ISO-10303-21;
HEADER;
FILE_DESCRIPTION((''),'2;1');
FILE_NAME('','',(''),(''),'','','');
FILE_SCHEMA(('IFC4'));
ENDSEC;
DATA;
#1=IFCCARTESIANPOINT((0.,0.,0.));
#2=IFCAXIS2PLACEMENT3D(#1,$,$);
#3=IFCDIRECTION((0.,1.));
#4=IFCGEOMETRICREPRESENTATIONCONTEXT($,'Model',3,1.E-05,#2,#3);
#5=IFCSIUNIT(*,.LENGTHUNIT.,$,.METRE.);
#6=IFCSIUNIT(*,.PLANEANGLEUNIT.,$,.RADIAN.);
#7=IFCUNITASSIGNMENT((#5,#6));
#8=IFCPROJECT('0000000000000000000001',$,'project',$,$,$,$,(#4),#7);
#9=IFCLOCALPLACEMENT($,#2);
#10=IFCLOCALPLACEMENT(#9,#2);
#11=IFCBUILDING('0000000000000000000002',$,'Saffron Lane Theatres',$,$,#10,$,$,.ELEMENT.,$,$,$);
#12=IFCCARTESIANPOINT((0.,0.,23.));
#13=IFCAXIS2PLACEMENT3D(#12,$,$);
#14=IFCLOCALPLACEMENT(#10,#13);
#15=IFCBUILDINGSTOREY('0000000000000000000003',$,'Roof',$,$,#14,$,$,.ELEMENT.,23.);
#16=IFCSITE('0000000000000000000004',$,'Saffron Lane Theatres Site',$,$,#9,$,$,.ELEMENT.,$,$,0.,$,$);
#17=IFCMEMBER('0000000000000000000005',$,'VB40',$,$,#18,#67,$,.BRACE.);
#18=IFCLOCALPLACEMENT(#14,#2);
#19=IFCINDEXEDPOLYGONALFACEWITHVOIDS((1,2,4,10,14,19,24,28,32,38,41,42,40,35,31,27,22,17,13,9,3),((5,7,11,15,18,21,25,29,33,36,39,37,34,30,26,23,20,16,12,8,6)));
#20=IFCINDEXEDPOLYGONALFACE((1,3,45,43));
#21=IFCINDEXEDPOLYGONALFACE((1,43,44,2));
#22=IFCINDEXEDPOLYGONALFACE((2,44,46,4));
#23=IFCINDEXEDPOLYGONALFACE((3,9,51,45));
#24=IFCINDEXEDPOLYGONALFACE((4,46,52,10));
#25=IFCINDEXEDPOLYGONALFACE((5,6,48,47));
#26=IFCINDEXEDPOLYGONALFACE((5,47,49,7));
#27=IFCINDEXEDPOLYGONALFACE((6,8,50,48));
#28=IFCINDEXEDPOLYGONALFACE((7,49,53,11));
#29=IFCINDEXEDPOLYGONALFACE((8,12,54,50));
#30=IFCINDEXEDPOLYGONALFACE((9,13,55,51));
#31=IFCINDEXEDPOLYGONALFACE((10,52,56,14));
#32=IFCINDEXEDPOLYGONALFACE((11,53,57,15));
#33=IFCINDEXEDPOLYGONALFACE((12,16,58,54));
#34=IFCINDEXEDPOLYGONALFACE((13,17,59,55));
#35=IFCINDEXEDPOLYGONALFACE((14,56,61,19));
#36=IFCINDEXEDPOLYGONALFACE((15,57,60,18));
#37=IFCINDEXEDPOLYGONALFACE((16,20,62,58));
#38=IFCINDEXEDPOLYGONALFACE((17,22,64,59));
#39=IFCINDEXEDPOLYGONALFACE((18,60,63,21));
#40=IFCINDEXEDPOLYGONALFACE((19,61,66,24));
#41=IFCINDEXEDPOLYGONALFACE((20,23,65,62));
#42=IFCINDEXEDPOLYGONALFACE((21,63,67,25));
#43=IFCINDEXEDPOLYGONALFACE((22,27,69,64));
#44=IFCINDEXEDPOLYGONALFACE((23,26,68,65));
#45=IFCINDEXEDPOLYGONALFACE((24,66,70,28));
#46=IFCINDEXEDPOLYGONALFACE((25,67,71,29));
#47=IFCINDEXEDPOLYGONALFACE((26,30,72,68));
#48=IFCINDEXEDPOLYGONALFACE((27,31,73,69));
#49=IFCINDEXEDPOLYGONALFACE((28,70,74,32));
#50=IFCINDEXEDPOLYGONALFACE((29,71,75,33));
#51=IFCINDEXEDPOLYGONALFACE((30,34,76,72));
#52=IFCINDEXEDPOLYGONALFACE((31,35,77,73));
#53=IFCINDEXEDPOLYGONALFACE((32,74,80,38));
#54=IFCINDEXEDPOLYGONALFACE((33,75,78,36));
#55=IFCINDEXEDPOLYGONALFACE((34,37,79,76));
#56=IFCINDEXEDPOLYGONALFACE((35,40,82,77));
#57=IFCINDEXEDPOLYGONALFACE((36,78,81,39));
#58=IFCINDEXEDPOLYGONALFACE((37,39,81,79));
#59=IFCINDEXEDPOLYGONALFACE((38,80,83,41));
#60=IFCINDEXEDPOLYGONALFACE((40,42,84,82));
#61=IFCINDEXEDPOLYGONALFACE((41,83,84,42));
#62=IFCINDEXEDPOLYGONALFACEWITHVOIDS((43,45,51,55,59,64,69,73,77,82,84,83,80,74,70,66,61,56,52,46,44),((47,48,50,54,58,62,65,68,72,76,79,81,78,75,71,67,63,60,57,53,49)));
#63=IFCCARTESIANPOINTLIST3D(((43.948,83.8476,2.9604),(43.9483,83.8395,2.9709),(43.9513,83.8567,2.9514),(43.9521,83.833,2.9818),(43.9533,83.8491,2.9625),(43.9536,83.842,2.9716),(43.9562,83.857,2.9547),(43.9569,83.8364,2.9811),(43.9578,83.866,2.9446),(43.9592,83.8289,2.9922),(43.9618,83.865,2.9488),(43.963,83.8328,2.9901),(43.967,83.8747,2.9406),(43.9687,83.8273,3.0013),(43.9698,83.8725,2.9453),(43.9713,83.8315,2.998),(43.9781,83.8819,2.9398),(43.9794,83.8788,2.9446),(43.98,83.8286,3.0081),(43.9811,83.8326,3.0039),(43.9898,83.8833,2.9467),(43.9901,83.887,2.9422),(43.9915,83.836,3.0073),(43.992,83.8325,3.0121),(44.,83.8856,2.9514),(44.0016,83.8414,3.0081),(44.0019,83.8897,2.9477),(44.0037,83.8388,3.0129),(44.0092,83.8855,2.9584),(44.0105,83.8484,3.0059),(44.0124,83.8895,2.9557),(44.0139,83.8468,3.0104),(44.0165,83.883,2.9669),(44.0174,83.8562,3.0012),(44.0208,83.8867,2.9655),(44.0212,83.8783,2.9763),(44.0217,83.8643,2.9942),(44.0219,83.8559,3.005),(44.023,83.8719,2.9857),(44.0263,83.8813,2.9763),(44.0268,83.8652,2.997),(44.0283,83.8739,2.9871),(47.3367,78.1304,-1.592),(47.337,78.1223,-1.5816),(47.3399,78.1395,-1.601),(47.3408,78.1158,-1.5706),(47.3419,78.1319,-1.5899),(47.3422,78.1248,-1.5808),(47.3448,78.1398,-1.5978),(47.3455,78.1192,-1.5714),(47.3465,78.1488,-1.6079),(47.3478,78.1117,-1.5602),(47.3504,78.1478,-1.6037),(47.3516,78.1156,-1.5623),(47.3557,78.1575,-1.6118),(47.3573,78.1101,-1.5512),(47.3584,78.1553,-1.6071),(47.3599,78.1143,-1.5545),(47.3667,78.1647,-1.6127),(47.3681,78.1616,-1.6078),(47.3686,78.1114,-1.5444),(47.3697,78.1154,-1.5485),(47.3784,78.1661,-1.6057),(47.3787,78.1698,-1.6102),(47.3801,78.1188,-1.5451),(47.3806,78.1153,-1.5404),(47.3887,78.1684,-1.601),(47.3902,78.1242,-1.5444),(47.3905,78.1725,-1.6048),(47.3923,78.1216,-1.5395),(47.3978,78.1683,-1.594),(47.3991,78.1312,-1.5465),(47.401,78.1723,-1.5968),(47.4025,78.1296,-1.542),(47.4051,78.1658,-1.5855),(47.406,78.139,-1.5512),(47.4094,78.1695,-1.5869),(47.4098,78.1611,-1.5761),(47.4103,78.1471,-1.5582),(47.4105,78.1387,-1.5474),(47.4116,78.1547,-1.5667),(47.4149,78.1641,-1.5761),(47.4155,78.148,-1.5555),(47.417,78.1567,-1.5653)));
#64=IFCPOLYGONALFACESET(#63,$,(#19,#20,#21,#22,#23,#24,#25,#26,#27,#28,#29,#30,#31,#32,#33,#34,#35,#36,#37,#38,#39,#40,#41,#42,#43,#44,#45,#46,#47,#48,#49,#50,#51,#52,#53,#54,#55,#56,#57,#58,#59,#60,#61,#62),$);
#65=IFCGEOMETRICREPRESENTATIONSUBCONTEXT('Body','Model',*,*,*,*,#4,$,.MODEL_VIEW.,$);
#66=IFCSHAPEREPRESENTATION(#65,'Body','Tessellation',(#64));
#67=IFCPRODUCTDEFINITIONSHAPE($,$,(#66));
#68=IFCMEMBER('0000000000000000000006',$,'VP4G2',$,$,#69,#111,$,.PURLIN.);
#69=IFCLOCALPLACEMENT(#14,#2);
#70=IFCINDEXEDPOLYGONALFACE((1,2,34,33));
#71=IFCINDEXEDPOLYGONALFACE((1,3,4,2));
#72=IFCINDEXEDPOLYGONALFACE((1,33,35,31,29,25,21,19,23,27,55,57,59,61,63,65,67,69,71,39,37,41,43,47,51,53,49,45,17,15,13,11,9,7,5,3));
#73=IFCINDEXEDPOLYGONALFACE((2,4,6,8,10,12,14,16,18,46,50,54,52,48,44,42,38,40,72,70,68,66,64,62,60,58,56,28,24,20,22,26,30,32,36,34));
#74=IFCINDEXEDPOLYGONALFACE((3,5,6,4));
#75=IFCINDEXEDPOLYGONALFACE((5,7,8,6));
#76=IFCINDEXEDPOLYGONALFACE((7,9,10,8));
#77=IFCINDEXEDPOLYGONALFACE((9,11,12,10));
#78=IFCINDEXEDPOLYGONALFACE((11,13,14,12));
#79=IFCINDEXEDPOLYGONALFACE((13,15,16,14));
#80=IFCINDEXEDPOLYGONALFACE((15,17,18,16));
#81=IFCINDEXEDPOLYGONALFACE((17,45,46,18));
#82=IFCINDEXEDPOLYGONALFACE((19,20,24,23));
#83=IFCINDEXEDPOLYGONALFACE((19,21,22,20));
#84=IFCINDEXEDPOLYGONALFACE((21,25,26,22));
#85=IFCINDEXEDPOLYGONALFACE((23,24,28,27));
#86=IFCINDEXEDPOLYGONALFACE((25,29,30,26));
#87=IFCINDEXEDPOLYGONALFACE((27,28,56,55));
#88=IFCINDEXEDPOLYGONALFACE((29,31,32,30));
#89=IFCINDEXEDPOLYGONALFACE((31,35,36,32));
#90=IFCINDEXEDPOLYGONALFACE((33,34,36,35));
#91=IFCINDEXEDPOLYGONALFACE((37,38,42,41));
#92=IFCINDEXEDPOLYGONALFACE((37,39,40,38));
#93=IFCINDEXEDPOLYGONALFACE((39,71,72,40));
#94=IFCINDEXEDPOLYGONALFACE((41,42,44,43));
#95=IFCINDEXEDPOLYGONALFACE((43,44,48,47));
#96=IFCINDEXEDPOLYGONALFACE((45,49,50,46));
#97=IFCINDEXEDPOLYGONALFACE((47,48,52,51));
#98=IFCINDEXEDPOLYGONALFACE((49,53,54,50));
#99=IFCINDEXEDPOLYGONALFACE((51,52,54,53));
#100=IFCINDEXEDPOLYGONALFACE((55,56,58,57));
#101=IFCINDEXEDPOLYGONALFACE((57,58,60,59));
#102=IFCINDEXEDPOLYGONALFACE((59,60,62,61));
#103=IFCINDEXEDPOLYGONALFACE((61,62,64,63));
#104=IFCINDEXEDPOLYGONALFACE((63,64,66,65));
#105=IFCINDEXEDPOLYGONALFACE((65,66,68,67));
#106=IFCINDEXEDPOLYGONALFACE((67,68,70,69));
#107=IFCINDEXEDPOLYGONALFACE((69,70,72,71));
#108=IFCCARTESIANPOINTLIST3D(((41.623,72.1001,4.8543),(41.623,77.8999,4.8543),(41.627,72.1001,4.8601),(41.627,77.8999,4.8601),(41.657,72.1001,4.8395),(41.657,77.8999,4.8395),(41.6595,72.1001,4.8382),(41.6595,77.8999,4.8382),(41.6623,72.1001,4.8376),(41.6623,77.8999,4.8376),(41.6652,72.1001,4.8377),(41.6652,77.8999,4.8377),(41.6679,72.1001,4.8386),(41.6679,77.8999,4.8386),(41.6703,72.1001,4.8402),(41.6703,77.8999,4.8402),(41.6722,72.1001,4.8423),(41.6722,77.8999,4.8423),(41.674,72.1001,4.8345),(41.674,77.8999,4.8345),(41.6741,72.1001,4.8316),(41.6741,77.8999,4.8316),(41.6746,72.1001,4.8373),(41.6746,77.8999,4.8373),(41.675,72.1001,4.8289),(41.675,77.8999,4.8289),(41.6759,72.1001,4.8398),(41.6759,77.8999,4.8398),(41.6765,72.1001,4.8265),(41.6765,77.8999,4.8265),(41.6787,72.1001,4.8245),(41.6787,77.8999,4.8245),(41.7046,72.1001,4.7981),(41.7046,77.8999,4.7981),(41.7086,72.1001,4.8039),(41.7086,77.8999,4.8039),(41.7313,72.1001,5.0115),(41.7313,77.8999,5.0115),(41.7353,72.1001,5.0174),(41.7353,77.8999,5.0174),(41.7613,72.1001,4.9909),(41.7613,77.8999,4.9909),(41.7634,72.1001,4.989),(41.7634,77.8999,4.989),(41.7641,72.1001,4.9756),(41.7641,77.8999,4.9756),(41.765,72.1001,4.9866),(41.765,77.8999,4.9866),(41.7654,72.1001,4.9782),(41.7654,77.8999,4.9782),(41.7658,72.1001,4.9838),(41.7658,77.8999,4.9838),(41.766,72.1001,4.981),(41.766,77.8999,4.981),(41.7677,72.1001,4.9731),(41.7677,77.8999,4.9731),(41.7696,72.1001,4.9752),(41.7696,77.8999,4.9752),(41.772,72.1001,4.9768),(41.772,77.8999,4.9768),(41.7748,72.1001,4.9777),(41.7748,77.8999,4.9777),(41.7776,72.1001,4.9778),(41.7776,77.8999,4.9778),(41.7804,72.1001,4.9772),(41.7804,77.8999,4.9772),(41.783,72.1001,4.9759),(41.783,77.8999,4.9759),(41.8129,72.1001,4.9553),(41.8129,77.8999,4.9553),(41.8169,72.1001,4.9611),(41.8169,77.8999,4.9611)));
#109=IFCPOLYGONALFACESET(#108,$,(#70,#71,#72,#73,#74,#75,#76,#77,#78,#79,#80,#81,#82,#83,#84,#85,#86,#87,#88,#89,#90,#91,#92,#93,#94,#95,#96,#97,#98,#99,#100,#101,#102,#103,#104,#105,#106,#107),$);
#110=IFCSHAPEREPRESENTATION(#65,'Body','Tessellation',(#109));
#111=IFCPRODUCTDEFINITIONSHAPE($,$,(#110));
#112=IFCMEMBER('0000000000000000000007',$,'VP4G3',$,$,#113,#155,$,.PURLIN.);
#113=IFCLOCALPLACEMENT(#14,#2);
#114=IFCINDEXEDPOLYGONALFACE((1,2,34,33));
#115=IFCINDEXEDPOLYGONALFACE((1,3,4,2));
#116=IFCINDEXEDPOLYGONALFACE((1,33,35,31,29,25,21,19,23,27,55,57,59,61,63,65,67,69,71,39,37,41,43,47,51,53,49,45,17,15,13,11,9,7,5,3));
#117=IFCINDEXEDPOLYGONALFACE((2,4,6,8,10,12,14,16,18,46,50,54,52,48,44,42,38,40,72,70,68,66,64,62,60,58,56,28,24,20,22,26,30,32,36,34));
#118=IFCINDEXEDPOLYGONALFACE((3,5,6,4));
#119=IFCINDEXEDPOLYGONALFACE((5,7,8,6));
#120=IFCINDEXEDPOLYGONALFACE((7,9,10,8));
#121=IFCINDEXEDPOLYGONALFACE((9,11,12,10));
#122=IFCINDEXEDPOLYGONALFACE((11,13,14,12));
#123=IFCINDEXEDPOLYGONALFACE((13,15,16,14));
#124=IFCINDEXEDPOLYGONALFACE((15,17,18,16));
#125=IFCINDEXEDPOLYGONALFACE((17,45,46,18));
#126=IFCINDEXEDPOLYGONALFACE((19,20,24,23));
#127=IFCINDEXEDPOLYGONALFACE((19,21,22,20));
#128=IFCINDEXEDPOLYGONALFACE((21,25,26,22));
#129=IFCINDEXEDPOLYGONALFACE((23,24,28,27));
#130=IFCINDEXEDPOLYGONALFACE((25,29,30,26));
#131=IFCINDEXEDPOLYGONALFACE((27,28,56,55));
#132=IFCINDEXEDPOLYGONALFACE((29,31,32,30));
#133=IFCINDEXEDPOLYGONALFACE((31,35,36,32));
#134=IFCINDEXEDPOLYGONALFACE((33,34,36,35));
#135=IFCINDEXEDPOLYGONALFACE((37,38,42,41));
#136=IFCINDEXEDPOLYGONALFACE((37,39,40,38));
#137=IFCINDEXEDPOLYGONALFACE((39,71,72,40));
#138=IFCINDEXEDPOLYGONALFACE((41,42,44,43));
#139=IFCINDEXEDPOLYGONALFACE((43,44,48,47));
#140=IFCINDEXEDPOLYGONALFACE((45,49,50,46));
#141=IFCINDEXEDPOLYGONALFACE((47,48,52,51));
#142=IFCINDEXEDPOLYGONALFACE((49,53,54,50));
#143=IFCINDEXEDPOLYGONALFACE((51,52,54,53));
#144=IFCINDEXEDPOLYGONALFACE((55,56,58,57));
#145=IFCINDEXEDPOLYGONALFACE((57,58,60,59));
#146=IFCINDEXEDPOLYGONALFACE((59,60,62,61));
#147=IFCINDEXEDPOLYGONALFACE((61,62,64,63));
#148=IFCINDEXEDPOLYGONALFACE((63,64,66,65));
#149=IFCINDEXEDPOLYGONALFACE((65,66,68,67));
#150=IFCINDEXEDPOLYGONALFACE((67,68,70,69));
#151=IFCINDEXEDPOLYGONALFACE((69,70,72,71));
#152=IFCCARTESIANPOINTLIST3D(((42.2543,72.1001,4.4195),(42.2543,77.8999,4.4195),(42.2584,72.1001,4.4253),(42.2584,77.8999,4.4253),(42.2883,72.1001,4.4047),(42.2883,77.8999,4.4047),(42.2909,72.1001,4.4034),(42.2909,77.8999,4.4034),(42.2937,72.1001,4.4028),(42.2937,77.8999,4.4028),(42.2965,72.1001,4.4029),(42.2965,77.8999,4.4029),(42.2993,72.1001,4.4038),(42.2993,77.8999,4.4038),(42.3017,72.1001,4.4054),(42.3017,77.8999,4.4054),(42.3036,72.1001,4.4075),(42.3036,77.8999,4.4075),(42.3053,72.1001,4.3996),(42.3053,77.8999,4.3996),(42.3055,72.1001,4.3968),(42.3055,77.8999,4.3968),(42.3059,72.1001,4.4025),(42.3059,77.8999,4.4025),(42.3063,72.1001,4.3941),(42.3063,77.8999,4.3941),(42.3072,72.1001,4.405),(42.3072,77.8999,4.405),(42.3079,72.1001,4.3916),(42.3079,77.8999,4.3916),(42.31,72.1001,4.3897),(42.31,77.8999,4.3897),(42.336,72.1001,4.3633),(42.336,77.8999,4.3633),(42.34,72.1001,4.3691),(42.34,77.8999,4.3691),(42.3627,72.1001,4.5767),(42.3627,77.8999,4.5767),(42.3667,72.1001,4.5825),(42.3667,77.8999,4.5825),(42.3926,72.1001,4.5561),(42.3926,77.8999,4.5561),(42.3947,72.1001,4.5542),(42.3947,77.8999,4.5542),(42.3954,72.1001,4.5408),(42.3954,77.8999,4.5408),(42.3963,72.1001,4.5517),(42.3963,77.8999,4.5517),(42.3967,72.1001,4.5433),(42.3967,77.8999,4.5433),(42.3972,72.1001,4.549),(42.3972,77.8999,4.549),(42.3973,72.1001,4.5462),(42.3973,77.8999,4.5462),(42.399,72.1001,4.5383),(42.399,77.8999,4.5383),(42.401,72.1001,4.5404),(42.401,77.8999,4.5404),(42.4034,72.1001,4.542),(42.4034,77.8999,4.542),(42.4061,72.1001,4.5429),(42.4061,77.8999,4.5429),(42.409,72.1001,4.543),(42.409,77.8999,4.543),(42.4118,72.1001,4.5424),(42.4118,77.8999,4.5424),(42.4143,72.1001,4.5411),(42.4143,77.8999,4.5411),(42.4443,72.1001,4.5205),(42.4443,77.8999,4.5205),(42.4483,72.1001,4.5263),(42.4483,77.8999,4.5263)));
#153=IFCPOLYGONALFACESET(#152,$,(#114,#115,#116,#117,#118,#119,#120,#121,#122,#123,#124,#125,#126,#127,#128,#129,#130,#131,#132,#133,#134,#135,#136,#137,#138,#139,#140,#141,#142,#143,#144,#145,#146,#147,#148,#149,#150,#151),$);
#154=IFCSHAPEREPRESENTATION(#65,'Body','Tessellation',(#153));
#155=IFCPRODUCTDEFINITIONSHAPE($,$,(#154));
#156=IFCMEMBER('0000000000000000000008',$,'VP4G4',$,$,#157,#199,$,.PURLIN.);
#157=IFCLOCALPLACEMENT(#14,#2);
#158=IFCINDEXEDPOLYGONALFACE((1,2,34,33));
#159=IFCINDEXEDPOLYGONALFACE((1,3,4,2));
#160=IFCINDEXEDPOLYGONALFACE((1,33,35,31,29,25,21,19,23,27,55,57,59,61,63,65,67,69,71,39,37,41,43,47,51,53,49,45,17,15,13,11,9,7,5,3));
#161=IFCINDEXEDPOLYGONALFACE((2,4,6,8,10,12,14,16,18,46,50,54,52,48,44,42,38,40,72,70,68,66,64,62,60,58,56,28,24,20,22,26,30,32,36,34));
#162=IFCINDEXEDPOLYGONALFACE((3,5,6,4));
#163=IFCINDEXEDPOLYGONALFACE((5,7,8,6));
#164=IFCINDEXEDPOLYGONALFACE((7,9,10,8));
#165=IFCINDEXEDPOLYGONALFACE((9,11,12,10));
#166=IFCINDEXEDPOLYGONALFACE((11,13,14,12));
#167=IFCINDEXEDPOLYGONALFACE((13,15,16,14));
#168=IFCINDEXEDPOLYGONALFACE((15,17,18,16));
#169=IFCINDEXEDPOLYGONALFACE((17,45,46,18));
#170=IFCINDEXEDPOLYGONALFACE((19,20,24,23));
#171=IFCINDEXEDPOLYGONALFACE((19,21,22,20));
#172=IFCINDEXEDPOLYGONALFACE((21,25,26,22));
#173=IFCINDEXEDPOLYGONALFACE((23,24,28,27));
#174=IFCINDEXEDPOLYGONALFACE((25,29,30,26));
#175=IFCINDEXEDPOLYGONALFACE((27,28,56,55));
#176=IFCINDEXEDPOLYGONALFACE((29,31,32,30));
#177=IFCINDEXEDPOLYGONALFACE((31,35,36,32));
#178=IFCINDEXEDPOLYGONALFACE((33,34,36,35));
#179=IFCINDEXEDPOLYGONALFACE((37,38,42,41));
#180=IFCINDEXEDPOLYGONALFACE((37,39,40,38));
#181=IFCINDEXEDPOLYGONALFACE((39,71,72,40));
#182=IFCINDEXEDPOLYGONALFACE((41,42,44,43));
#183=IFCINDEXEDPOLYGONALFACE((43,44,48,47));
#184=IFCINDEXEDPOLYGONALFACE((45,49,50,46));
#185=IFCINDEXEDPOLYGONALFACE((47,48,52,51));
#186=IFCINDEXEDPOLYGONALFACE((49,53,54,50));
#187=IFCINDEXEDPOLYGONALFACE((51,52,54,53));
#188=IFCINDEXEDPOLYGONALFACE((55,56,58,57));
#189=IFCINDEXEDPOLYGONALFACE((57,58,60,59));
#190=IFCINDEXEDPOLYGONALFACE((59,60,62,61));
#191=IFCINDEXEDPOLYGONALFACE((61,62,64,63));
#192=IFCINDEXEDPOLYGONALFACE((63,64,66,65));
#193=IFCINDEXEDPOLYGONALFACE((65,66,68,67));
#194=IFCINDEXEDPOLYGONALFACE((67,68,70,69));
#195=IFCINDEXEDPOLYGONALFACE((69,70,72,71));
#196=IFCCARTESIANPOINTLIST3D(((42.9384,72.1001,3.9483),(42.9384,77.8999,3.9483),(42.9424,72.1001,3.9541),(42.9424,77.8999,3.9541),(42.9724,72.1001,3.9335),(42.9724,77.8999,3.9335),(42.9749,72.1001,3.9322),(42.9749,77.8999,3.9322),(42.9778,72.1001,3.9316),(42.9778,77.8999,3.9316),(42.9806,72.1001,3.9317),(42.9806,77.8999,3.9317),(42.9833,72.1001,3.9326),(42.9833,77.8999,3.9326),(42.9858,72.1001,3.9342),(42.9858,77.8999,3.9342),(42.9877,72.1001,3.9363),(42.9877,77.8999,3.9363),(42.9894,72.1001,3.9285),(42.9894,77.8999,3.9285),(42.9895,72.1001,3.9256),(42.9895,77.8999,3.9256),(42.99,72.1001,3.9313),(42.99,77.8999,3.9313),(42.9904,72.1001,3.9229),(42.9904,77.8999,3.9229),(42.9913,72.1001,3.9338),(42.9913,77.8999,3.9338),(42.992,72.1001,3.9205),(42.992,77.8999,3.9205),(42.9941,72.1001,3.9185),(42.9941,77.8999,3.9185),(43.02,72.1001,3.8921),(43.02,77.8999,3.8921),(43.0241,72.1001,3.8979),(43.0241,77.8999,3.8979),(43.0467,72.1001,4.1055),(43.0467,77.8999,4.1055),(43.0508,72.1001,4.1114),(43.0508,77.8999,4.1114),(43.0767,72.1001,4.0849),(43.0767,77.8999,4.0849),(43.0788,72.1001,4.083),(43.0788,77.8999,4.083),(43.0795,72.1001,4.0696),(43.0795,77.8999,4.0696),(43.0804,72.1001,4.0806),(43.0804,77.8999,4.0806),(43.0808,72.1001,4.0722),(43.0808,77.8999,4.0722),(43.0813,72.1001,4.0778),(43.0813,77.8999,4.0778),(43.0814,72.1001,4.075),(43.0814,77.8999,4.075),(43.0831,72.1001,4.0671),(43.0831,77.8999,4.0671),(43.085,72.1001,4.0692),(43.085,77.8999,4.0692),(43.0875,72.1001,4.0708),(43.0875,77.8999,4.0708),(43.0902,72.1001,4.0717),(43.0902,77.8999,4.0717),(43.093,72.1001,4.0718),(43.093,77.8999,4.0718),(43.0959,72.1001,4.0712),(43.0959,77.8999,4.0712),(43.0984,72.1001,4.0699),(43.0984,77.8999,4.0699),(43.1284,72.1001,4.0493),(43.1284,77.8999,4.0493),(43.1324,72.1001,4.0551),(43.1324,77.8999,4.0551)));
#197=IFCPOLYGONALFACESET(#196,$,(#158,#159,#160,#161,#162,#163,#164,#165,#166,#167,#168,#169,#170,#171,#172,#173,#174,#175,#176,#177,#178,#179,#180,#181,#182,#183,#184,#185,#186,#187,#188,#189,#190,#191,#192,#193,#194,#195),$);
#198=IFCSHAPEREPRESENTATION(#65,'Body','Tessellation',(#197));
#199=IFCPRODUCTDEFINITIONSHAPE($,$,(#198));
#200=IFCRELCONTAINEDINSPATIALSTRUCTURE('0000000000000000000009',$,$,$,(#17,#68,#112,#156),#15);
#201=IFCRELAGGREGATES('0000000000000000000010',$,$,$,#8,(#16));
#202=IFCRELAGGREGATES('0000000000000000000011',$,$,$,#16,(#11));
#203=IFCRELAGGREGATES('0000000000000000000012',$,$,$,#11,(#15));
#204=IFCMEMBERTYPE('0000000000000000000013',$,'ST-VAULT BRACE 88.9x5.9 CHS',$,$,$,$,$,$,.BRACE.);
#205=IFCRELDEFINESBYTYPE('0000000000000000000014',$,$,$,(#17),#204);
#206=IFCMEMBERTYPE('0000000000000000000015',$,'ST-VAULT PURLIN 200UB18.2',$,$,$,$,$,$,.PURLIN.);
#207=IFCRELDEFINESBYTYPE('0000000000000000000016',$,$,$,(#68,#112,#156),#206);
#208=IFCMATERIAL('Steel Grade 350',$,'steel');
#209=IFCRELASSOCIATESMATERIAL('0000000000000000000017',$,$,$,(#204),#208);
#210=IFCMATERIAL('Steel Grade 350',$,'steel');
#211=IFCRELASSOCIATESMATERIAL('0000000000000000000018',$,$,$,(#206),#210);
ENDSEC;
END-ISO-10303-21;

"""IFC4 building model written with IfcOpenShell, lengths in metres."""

from ifc_helpers import new_model, si_unit, direction, frame, origin, origin_2d, place, context, subcontext, project, spatial, hollow_circle, i_section, extrude, material, material_profile, profile_set, type_object, element, save


model = new_model("IFC4")

# Units and contexts
model_context = context("Model", 3, precision=1e-05, world=origin(), true_north=direction((0.0, 1.0)))
body_context = subcontext(model_context, "Body", "Model", "MODEL_VIEW")
ifc_project = project(units=[si_unit("LENGTHUNIT", "METRE"), si_unit("PLANEANGLEUNIT", "RADIAN")], contexts=[model_context])

# Site, building, storey
site_placement = place(None, origin())
site = spatial("IfcSite", under=ifc_project, at=site_placement, Name="Saffron Lane Theatres Site", CompositionType="ELEMENT", RefElevation=0.0)
building_placement = place(site_placement, origin())
building = spatial("IfcBuilding", under=site, at=building_placement, Name="Saffron Lane Theatres", CompositionType="ELEMENT")
storey_placement = place(building_placement, frame((0.0, 0.0, 23.0)))
storey = spatial("IfcBuildingStorey", under=building, at=storey_placement, Name="Roof", CompositionType="ELEMENT", Elevation=23.0)

# Members
ifc_material_1 = material(Name="Steel Grade 350", Category="steel")
ifc_material_profile_1 = material_profile(ifc_material_1, hollow_circle(Radius=0.0444, WallThickness=0.0059, at=origin_2d()))
ifc_profile_set_1 = profile_set([ifc_material_profile_1], Name="Steel Grade 350")
member_type_1 = type_object("IfcMemberType", Name="ST-VAULT BRACE 88.9x5.9 CHS", PredefinedType="BRACE", material=ifc_profile_set_1)
member_1_placement = place(storey_placement, frame((43.988, 83.8586, 2.9763), z_axis=(0.420651, -0.709712, -0.565121), x_axis=(0.860249, 0.509875, 0.0)))
element("IfcMember", 1, at=member_1_placement, inside=storey, type_object=member_type_1, Name="VB40", PredefinedType="BRACE", context=body_context, shape_type="SweptSolid", body=[
    extrude(hollow_circle(Radius=0.0444, WallThickness=0.0059, at=origin_2d()), origin(), (0.0, 0.0, 1.0), 8.0557),
])
ifc_material_2 = material(Name="Steel Grade 350", Category="steel")
ifc_material_profile_2 = material_profile(ifc_material_2, i_section(OverallWidth=0.0991, OverallDepth=0.198, WebThickness=0.0044, FlangeThickness=0.0071, FilletRadius=0.011, at=origin_2d()))
ifc_profile_set_2 = profile_set([ifc_material_profile_2], Name="Steel Grade 350")
member_type_2 = type_object("IfcMemberType", Name="ST-VAULT PURLIN 200UB18.2", PredefinedType="PURLIN", material=ifc_profile_set_2)
for number, where, z_axis, x_axis, name in (
    (2, (41.72, 72.1001, 4.9077), (0.0, 1.0, 0.0), (0.823487, 0.0, -0.567335), "VP4G2"),
    (3, (42.3513, 72.1001, 4.4729), (0.0, 1.0, 0.0), (0.823487, 0.0, -0.567335), "VP4G3"),
    (4, (43.0354, 72.1001, 4.0017), (0.0, 1.0, 0.0), (0.823487, 0.0, -0.567335), "VP4G4"),
):
    element("IfcMember", number, at=place(storey_placement, frame(where, z_axis=z_axis, x_axis=x_axis)), inside=storey, type_object=member_type_2, Name=name, PredefinedType="PURLIN", context=body_context, shape_type="SweptSolid", body=[
        extrude(i_section(OverallWidth=0.0991, OverallDepth=0.198, WebThickness=0.0044, FlangeThickness=0.0071, FilletRadius=0.011, at=origin_2d()), origin(), (0.0, 0.0, 1.0), 5.7998),
    ])

save(model, "model.ifc")
